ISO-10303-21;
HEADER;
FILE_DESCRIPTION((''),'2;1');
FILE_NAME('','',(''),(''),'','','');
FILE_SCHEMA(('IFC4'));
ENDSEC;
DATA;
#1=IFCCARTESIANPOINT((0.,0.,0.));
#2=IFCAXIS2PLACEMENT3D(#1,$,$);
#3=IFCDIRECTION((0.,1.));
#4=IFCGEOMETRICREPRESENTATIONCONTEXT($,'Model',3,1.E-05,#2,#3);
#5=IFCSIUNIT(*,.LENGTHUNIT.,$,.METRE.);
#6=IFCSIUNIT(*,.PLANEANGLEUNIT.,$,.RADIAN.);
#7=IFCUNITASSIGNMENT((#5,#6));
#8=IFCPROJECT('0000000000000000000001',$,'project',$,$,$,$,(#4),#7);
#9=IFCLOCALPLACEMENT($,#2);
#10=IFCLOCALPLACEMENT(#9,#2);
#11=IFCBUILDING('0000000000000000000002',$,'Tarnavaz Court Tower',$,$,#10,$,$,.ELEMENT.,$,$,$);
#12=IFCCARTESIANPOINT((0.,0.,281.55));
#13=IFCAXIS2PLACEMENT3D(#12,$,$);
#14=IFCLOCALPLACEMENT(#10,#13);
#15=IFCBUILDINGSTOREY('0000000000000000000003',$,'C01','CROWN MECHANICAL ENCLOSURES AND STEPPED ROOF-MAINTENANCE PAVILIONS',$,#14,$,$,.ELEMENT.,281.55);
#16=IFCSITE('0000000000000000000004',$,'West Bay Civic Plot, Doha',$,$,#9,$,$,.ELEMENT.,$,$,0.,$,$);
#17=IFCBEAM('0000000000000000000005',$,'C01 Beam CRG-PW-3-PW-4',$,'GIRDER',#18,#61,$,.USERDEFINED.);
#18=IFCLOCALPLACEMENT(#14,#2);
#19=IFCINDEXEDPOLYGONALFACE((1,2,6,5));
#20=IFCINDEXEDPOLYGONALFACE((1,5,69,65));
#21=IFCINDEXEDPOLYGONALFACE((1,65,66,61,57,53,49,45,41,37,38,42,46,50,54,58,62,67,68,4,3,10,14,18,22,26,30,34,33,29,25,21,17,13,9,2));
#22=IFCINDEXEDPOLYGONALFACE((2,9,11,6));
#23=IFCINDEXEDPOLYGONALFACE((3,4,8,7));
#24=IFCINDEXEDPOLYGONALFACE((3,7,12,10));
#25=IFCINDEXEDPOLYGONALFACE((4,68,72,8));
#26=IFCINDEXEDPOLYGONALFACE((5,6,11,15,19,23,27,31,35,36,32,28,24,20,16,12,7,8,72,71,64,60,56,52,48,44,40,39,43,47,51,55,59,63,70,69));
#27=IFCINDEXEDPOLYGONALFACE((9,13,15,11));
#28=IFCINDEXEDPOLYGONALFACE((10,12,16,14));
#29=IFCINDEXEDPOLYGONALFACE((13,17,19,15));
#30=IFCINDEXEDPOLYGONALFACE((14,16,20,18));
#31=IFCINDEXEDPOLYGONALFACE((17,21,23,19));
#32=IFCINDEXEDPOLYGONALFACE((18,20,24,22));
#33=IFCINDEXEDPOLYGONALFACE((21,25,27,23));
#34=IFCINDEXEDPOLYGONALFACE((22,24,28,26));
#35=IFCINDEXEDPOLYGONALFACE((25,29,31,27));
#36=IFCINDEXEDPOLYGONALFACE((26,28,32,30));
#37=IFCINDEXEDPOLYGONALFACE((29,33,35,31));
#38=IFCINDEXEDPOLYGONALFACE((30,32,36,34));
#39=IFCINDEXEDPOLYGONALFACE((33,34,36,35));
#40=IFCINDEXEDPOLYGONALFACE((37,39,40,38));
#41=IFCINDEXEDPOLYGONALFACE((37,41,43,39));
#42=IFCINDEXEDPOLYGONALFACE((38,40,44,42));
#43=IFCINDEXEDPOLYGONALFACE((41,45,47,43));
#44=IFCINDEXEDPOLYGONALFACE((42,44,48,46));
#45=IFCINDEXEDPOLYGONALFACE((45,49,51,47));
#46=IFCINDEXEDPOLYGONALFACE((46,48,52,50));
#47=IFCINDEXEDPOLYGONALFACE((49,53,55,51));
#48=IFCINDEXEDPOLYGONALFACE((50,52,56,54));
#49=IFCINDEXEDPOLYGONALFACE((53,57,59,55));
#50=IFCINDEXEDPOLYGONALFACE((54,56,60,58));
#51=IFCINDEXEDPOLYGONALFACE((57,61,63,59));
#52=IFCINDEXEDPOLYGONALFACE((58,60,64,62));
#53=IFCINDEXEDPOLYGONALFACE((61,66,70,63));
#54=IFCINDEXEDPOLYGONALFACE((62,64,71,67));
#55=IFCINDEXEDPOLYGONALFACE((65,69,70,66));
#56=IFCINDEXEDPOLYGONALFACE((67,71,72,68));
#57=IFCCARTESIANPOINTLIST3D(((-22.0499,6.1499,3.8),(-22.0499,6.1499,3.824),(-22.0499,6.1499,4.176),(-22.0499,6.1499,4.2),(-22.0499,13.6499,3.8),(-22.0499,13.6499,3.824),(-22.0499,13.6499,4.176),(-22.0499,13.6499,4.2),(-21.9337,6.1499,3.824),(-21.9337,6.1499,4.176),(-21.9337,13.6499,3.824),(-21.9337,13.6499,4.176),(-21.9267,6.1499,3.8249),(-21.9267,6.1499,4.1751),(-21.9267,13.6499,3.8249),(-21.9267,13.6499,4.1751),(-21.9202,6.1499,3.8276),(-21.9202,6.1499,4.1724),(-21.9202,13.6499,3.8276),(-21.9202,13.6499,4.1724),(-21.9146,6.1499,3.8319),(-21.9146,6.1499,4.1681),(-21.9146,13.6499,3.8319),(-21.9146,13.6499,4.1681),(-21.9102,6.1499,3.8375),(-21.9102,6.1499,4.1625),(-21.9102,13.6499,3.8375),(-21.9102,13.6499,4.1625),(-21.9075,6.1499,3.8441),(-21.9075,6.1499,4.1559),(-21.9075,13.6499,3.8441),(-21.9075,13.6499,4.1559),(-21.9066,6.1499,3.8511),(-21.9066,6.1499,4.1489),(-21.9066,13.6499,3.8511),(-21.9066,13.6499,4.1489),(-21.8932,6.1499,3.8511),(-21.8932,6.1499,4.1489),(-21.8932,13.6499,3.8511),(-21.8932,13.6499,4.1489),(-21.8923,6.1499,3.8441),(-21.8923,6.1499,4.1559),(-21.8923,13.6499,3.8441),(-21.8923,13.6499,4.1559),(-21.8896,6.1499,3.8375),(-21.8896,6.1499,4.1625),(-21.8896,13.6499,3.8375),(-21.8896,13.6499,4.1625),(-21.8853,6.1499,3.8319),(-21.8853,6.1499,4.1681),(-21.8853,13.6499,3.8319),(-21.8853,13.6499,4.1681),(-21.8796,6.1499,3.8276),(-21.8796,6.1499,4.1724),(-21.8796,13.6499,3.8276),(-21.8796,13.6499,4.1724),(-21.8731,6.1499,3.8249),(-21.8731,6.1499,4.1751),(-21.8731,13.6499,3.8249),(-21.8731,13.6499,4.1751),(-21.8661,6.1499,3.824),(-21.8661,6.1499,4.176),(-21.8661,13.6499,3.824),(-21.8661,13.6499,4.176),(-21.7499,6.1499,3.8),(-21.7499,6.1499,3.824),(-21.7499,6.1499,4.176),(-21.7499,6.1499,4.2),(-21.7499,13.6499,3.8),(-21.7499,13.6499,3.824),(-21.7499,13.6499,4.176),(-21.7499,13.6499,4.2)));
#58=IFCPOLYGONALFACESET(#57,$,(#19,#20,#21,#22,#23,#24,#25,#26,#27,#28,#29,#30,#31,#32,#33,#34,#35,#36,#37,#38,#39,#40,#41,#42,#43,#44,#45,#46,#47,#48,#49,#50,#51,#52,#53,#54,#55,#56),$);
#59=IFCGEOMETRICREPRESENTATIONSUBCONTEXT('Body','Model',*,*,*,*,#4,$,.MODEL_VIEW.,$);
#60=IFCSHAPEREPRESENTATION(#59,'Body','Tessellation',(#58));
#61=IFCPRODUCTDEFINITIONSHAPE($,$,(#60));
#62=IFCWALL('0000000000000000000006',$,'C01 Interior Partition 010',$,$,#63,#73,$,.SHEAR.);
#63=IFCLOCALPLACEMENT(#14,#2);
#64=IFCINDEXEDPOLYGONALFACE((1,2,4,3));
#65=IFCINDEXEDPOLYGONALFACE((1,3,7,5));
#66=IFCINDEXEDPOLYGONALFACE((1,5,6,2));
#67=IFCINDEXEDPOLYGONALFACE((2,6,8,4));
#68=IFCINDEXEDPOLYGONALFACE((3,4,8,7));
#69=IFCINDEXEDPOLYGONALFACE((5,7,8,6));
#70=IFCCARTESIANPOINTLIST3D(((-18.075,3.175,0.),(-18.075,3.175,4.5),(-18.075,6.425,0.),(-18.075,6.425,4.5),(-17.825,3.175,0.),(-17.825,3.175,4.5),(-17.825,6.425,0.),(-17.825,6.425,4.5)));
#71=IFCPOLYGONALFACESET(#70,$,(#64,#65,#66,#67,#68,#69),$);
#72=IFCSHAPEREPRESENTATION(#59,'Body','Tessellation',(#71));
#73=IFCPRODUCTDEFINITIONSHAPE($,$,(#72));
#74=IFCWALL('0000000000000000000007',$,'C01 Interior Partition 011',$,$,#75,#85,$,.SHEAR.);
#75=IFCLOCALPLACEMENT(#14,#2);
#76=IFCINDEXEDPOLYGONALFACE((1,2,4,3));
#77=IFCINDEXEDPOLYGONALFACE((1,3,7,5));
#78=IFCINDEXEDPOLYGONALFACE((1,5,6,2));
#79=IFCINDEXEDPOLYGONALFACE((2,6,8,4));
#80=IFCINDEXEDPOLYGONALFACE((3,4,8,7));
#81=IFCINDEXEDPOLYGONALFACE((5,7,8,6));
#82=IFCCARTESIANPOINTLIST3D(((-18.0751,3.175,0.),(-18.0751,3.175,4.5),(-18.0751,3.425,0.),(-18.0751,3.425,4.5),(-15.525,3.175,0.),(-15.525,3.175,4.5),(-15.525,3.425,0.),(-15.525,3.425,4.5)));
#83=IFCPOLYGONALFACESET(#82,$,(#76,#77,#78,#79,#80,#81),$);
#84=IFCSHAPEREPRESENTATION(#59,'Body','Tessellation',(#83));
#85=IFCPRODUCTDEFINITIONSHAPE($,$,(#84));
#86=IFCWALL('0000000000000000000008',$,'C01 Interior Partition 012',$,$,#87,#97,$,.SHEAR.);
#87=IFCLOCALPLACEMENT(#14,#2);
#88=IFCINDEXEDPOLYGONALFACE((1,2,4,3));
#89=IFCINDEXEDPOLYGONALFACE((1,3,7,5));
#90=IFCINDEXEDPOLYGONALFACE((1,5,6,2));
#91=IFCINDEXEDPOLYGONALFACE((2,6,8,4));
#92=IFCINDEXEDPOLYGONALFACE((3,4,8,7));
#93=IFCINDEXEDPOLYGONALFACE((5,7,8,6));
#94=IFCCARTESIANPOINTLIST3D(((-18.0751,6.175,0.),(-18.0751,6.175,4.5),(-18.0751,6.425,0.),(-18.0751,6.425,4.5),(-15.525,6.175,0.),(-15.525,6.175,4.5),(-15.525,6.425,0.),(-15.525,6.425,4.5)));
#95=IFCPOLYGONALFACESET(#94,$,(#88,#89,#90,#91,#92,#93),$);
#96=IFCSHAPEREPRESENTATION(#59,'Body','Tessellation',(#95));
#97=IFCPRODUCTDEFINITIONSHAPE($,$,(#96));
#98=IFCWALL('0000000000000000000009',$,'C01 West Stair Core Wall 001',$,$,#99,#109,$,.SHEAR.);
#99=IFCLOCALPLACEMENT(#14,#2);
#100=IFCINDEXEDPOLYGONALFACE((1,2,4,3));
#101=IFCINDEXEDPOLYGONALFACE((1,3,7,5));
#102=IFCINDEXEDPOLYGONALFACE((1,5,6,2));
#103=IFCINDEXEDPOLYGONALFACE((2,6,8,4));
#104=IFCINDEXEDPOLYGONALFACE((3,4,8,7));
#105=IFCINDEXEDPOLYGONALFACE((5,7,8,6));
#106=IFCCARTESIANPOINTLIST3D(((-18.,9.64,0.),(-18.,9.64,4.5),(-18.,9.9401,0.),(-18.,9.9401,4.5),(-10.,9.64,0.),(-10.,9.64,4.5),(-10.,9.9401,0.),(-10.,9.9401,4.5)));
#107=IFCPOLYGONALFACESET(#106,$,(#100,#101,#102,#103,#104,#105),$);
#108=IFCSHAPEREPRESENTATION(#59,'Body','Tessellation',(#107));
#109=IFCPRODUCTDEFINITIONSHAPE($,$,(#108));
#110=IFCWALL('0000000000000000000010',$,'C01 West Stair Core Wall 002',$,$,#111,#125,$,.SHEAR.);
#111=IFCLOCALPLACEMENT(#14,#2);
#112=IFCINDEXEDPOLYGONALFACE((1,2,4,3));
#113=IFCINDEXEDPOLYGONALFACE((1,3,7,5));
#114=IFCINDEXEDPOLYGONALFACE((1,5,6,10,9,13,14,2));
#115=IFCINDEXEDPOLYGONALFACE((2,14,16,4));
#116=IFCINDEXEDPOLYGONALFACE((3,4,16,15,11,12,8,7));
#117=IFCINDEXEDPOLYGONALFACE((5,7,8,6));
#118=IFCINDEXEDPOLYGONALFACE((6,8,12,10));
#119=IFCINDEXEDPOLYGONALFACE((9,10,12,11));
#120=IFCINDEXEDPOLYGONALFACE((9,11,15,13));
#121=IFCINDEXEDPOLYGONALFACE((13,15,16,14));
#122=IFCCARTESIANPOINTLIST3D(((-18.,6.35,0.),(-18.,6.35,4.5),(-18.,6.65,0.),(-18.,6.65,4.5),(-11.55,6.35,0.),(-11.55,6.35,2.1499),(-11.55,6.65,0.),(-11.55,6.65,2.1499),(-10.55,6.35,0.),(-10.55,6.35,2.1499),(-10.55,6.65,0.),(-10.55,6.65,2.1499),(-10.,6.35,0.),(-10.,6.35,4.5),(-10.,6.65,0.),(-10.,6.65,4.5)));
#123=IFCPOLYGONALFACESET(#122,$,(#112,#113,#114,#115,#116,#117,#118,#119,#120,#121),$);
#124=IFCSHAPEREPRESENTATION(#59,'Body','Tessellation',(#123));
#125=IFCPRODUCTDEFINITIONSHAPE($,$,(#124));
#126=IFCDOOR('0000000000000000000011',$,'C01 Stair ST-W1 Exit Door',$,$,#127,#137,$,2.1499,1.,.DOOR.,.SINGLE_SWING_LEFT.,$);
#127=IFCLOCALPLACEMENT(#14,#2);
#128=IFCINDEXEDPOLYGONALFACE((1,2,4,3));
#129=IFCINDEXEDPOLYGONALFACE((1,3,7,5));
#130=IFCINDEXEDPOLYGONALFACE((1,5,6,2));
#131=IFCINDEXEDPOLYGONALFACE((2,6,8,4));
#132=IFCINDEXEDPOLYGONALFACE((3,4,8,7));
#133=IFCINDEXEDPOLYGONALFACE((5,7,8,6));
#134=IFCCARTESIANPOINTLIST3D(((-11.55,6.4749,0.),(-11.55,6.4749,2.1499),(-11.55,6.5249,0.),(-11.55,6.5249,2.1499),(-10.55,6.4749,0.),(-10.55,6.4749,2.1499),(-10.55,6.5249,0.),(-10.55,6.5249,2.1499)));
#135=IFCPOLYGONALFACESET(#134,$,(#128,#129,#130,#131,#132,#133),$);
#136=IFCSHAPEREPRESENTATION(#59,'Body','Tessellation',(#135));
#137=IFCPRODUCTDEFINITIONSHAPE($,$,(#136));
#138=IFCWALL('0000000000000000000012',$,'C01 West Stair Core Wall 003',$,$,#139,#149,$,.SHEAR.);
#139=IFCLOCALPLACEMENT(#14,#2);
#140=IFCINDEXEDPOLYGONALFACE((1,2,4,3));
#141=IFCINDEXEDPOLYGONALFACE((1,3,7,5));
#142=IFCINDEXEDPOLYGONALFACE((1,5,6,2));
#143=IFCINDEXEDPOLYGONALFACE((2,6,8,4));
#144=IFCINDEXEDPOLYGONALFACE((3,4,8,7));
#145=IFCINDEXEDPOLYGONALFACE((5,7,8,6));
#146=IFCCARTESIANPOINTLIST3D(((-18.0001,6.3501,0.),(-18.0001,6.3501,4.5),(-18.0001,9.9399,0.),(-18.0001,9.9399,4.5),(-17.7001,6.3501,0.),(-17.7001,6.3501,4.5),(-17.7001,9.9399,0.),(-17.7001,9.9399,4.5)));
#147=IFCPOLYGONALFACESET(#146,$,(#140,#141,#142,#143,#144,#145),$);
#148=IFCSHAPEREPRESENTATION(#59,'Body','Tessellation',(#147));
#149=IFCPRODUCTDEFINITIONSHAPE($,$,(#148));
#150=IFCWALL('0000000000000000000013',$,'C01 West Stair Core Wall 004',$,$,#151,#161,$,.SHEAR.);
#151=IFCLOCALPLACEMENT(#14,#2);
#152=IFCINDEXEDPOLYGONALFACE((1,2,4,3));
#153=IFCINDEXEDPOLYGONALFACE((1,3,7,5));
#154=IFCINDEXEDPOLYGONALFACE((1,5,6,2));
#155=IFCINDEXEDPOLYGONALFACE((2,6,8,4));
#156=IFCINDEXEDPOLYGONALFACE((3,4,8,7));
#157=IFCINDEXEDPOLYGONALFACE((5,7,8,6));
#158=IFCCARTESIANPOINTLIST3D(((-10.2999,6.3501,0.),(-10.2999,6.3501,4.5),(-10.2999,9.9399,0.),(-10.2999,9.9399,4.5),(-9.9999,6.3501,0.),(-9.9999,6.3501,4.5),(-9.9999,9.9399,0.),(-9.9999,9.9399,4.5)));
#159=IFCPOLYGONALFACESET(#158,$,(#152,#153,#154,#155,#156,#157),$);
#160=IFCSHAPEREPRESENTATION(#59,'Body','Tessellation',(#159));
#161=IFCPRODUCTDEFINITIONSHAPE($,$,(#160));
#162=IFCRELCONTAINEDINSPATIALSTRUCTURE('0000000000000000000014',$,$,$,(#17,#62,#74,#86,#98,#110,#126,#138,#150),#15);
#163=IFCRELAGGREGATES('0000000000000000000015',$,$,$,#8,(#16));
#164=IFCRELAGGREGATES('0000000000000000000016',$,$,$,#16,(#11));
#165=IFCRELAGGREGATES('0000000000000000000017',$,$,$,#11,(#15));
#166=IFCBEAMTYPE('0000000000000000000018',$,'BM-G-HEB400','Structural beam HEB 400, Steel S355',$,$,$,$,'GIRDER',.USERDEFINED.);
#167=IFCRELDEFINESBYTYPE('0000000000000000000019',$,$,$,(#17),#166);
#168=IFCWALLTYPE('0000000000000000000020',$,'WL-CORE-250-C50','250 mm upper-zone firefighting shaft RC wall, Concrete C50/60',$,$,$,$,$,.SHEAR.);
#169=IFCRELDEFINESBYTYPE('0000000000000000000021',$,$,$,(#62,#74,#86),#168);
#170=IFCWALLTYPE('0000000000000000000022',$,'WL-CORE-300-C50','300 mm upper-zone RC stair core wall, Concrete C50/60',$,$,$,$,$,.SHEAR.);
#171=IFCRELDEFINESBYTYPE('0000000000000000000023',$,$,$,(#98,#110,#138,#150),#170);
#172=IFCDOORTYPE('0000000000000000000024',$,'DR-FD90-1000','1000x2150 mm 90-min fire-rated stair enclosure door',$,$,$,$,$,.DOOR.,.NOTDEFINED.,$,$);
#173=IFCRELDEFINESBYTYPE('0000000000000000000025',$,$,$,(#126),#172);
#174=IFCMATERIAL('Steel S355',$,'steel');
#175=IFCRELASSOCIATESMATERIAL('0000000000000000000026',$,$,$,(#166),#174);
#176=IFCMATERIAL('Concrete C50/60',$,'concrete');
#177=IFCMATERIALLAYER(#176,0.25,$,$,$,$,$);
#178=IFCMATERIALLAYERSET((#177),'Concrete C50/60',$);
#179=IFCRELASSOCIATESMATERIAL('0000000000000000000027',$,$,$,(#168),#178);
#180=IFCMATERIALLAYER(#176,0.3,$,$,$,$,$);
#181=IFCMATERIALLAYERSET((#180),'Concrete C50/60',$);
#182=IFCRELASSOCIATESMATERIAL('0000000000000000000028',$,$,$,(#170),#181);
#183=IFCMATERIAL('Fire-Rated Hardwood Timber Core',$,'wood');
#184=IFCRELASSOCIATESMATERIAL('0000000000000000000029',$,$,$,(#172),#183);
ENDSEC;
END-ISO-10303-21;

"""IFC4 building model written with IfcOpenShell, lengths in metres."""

from ifc_helpers import new_model, si_unit, direction, frame, frame_2d, origin, origin_2d, place, context, subcontext, project, spatial, rectangle, i_section, extrude, material, layer, layer_set, material_profile, profile_set, type_object, element, fill, save


model = new_model("IFC4")

# Units and contexts
model_context = context("Model", 3, precision=1e-05, world=origin(), true_north=direction((0.0, 1.0)))
body_context = subcontext(model_context, "Body", "Model", "MODEL_VIEW")
ifc_project = project(units=[si_unit("LENGTHUNIT", "METRE"), si_unit("PLANEANGLEUNIT", "RADIAN")], contexts=[model_context])

# Site, building, storey
site_placement = place(None, origin())
site = spatial("IfcSite", under=ifc_project, at=site_placement, Name="West Bay Civic Plot, Doha", CompositionType="ELEMENT", RefElevation=0.0)
building_placement = place(site_placement, origin())
building = spatial("IfcBuilding", under=site, at=building_placement, Name="Tarnavaz Court Tower", CompositionType="ELEMENT")
storey_placement = place(building_placement, frame((0.0, 0.0, 281.55)))
storey = spatial("IfcBuildingStorey", under=building, at=storey_placement, Name="C01", Description="CROWN MECHANICAL ENCLOSURES AND STEPPED ROOF-MAINTENANCE PAVILIONS", CompositionType="ELEMENT", Elevation=281.55)

# Shared definitions
ifc_material_1 = material(Name="Steel S355", Category="steel")

# Beam
ifc_material_profile_1 = material_profile(ifc_material_1, i_section(OverallWidth=0.3, OverallDepth=0.3999, WebThickness=0.0134, FlangeThickness=0.0239, FilletRadius=0.0271, at=origin_2d()), Name="HEB 400")
ifc_profile_set_1 = profile_set([ifc_material_profile_1], Name="Steel S355")
beam_type = type_object("IfcBeamType", Name="BM-G-HEB400", Description="Structural beam HEB 400, Steel S355", ElementType="GIRDER", PredefinedType="USERDEFINED", material=ifc_profile_set_1)
beam_1_placement = place(storey_placement, frame((-21.8999, 6.1499, 4.0), z_axis=(0.0, 1.0, 0.0), x_axis=(-1.0, 0.0, 0.0)))
element("IfcBeam", 1, at=beam_1_placement, inside=storey, type_object=beam_type, Name="C01 Beam CRG-PW-3-PW-4", ObjectType="GIRDER", PredefinedType="USERDEFINED", context=body_context, shape_type="SweptSolid", body=[
    extrude(i_section(OverallWidth=0.3, OverallDepth=0.3999, WebThickness=0.0134, FlangeThickness=0.0239, FilletRadius=0.0271, at=origin_2d()), origin(), (0.0, 0.0, 1.0), 7.5),
])

# Shared definitions
ifc_material_2 = material(Name="Concrete C50/60", Category="concrete")
ifc_layer_1 = layer(ifc_material_2, 0.25)
ifc_layer_set_1 = layer_set([ifc_layer_1], Name="Concrete C50/60")
wall_type_1 = type_object("IfcWallType", Name="WL-CORE-250-C50", Description="250 mm upper-zone firefighting shaft RC wall, Concrete C50/60", PredefinedType="SHEAR", material=ifc_layer_set_1)

# Walls
wall_1_placement = place(storey_placement, frame((-17.95, 3.175, 0.0), z_axis=(0.0, 0.0, 1.0), x_axis=(0.0, 1.0, 0.0)))
element("IfcWall", 2, at=wall_1_placement, inside=storey, type_object=wall_type_1, Name="C01 Interior Partition 010", PredefinedType="SHEAR", context=body_context, shape_type="SweptSolid", body=[
    extrude(rectangle(XDim=3.25, YDim=0.25, at=frame_2d((1.625, 0.0))), origin(), (0.0, 0.0, 1.0), 4.5),
])
for number, where, z_axis, x_axis, name in (
    (3, (-18.075, 3.3, 0.0), (0.0, 0.0, 1.0), (1.0, 0.0, 0.0), "C01 Interior Partition 011"),
    (4, (-18.075, 6.3, 0.0), (0.0, 0.0, 1.0), (1.0, 0.0, 0.0), "C01 Interior Partition 012"),
):
    element("IfcWall", number, at=place(storey_placement, frame(where, z_axis=z_axis, x_axis=x_axis)), inside=storey, type_object=wall_type_1, Name=name, PredefinedType="SHEAR", context=body_context, shape_type="SweptSolid", body=[
        extrude(rectangle(XDim=2.55, YDim=0.25, at=frame_2d((1.2749, 0.0))), origin(), (0.0, 0.0, 1.0), 4.5),
    ])
ifc_layer_2 = layer(ifc_material_2, 0.3)
ifc_layer_set_2 = layer_set([ifc_layer_2], Name="Concrete C50/60")
wall_type_2 = type_object("IfcWallType", Name="WL-CORE-300-C50", Description="300 mm upper-zone RC stair core wall, Concrete C50/60", PredefinedType="SHEAR", material=ifc_layer_set_2)
wall_2_placement = place(storey_placement, frame((-18.0, 9.79, 0.0), z_axis=(0.0, 0.0, 1.0), x_axis=(1.0, 0.0, 0.0)))
element("IfcWall", 5, at=wall_2_placement, inside=storey, type_object=wall_type_2, Name="C01 West Stair Core Wall 001", PredefinedType="SHEAR", context=body_context, shape_type="SweptSolid", body=[
    extrude(rectangle(XDim=8.0, YDim=0.3, at=frame_2d((4.0, 0.0))), origin(), (0.0, 0.0, 1.0), 4.5),
])

# Wall, opening, door
wall_3_placement = place(storey_placement, frame((-18.0, 6.5, 0.0), z_axis=(0.0, 0.0, 1.0), x_axis=(1.0, 0.0, 0.0)))
wall_3 = element("IfcWall", 6, at=wall_3_placement, inside=storey, type_object=wall_type_2, Name="C01 West Stair Core Wall 002", PredefinedType="SHEAR", context=body_context, shape_type="SweptSolid", body=[
    extrude(rectangle(XDim=8.0, YDim=0.3, at=frame_2d((4.0, 0.0))), origin(), (0.0, 0.0, 1.0), 4.5),
])
opening_1_placement = place(wall_3_placement, frame((6.45, 0.0, 0.0)))
opening_1 = element("IfcOpeningElement", 7, at=opening_1_placement, cuts=wall_3, PredefinedType="OPENING", context=body_context, shape_type="SweptSolid", body=[
    extrude(rectangle(XDim=1.0, YDim=2.1499, at=frame_2d((0.5, 1.075))), frame((0.0, 0.1599, 0.0), z_axis=(0.0, -1.0, 0.0), x_axis=(1.0, 0.0, 0.0)), (0.0, 0.0, 1.0), 0.3201),
])
ifc_material_3 = material(Name="Fire-Rated Hardwood Timber Core", Category="wood")
door_type_1 = type_object("IfcDoorType", Name="DR-FD90-1000", Description="1000x2150 mm 90-min fire-rated stair enclosure door", OperationType="NOTDEFINED", PredefinedType="DOOR", material=ifc_material_3)
door_1_placement = place(opening_1_placement, origin())
door_1 = element("IfcDoor", 8, at=door_1_placement, inside=storey, type_object=door_type_1, Name="C01 Stair ST-W1 Exit Door", OperationType="SINGLE_SWING_LEFT", OverallHeight=2.1499, OverallWidth=1.0, PredefinedType="DOOR", context=body_context, shape_type="SweptSolid", body=[
    extrude(rectangle(XDim=1.0, YDim=2.1499, at=frame_2d((0.5, 1.075))), frame((0.0, 0.0249, 0.0), z_axis=(0.0, -1.0, 0.0), x_axis=(1.0, 0.0, 0.0)), (0.0, 0.0, 1.0), 0.05),
])
fill(opening_1, door_1)

# Walls
for number, where, z_axis, x_axis, name in (
    (9, (-17.8501, 6.3501, 0.0), (0.0, 0.0, 1.0), (0.0, 1.0, 0.0), "C01 West Stair Core Wall 003"),
    (10, (-10.1499, 6.3501, 0.0), (0.0, 0.0, 1.0), (0.0, 1.0, 0.0), "C01 West Stair Core Wall 004"),
):
    element("IfcWall", number, at=place(storey_placement, frame(where, z_axis=z_axis, x_axis=x_axis)), inside=storey, type_object=wall_type_2, Name=name, PredefinedType="SHEAR", context=body_context, shape_type="SweptSolid", body=[
        extrude(rectangle(XDim=3.5898, YDim=0.3, at=frame_2d((1.7949, 0.0))), origin(), (0.0, 0.0, 1.0), 4.5),
    ])

save(model, "model.ifc")
